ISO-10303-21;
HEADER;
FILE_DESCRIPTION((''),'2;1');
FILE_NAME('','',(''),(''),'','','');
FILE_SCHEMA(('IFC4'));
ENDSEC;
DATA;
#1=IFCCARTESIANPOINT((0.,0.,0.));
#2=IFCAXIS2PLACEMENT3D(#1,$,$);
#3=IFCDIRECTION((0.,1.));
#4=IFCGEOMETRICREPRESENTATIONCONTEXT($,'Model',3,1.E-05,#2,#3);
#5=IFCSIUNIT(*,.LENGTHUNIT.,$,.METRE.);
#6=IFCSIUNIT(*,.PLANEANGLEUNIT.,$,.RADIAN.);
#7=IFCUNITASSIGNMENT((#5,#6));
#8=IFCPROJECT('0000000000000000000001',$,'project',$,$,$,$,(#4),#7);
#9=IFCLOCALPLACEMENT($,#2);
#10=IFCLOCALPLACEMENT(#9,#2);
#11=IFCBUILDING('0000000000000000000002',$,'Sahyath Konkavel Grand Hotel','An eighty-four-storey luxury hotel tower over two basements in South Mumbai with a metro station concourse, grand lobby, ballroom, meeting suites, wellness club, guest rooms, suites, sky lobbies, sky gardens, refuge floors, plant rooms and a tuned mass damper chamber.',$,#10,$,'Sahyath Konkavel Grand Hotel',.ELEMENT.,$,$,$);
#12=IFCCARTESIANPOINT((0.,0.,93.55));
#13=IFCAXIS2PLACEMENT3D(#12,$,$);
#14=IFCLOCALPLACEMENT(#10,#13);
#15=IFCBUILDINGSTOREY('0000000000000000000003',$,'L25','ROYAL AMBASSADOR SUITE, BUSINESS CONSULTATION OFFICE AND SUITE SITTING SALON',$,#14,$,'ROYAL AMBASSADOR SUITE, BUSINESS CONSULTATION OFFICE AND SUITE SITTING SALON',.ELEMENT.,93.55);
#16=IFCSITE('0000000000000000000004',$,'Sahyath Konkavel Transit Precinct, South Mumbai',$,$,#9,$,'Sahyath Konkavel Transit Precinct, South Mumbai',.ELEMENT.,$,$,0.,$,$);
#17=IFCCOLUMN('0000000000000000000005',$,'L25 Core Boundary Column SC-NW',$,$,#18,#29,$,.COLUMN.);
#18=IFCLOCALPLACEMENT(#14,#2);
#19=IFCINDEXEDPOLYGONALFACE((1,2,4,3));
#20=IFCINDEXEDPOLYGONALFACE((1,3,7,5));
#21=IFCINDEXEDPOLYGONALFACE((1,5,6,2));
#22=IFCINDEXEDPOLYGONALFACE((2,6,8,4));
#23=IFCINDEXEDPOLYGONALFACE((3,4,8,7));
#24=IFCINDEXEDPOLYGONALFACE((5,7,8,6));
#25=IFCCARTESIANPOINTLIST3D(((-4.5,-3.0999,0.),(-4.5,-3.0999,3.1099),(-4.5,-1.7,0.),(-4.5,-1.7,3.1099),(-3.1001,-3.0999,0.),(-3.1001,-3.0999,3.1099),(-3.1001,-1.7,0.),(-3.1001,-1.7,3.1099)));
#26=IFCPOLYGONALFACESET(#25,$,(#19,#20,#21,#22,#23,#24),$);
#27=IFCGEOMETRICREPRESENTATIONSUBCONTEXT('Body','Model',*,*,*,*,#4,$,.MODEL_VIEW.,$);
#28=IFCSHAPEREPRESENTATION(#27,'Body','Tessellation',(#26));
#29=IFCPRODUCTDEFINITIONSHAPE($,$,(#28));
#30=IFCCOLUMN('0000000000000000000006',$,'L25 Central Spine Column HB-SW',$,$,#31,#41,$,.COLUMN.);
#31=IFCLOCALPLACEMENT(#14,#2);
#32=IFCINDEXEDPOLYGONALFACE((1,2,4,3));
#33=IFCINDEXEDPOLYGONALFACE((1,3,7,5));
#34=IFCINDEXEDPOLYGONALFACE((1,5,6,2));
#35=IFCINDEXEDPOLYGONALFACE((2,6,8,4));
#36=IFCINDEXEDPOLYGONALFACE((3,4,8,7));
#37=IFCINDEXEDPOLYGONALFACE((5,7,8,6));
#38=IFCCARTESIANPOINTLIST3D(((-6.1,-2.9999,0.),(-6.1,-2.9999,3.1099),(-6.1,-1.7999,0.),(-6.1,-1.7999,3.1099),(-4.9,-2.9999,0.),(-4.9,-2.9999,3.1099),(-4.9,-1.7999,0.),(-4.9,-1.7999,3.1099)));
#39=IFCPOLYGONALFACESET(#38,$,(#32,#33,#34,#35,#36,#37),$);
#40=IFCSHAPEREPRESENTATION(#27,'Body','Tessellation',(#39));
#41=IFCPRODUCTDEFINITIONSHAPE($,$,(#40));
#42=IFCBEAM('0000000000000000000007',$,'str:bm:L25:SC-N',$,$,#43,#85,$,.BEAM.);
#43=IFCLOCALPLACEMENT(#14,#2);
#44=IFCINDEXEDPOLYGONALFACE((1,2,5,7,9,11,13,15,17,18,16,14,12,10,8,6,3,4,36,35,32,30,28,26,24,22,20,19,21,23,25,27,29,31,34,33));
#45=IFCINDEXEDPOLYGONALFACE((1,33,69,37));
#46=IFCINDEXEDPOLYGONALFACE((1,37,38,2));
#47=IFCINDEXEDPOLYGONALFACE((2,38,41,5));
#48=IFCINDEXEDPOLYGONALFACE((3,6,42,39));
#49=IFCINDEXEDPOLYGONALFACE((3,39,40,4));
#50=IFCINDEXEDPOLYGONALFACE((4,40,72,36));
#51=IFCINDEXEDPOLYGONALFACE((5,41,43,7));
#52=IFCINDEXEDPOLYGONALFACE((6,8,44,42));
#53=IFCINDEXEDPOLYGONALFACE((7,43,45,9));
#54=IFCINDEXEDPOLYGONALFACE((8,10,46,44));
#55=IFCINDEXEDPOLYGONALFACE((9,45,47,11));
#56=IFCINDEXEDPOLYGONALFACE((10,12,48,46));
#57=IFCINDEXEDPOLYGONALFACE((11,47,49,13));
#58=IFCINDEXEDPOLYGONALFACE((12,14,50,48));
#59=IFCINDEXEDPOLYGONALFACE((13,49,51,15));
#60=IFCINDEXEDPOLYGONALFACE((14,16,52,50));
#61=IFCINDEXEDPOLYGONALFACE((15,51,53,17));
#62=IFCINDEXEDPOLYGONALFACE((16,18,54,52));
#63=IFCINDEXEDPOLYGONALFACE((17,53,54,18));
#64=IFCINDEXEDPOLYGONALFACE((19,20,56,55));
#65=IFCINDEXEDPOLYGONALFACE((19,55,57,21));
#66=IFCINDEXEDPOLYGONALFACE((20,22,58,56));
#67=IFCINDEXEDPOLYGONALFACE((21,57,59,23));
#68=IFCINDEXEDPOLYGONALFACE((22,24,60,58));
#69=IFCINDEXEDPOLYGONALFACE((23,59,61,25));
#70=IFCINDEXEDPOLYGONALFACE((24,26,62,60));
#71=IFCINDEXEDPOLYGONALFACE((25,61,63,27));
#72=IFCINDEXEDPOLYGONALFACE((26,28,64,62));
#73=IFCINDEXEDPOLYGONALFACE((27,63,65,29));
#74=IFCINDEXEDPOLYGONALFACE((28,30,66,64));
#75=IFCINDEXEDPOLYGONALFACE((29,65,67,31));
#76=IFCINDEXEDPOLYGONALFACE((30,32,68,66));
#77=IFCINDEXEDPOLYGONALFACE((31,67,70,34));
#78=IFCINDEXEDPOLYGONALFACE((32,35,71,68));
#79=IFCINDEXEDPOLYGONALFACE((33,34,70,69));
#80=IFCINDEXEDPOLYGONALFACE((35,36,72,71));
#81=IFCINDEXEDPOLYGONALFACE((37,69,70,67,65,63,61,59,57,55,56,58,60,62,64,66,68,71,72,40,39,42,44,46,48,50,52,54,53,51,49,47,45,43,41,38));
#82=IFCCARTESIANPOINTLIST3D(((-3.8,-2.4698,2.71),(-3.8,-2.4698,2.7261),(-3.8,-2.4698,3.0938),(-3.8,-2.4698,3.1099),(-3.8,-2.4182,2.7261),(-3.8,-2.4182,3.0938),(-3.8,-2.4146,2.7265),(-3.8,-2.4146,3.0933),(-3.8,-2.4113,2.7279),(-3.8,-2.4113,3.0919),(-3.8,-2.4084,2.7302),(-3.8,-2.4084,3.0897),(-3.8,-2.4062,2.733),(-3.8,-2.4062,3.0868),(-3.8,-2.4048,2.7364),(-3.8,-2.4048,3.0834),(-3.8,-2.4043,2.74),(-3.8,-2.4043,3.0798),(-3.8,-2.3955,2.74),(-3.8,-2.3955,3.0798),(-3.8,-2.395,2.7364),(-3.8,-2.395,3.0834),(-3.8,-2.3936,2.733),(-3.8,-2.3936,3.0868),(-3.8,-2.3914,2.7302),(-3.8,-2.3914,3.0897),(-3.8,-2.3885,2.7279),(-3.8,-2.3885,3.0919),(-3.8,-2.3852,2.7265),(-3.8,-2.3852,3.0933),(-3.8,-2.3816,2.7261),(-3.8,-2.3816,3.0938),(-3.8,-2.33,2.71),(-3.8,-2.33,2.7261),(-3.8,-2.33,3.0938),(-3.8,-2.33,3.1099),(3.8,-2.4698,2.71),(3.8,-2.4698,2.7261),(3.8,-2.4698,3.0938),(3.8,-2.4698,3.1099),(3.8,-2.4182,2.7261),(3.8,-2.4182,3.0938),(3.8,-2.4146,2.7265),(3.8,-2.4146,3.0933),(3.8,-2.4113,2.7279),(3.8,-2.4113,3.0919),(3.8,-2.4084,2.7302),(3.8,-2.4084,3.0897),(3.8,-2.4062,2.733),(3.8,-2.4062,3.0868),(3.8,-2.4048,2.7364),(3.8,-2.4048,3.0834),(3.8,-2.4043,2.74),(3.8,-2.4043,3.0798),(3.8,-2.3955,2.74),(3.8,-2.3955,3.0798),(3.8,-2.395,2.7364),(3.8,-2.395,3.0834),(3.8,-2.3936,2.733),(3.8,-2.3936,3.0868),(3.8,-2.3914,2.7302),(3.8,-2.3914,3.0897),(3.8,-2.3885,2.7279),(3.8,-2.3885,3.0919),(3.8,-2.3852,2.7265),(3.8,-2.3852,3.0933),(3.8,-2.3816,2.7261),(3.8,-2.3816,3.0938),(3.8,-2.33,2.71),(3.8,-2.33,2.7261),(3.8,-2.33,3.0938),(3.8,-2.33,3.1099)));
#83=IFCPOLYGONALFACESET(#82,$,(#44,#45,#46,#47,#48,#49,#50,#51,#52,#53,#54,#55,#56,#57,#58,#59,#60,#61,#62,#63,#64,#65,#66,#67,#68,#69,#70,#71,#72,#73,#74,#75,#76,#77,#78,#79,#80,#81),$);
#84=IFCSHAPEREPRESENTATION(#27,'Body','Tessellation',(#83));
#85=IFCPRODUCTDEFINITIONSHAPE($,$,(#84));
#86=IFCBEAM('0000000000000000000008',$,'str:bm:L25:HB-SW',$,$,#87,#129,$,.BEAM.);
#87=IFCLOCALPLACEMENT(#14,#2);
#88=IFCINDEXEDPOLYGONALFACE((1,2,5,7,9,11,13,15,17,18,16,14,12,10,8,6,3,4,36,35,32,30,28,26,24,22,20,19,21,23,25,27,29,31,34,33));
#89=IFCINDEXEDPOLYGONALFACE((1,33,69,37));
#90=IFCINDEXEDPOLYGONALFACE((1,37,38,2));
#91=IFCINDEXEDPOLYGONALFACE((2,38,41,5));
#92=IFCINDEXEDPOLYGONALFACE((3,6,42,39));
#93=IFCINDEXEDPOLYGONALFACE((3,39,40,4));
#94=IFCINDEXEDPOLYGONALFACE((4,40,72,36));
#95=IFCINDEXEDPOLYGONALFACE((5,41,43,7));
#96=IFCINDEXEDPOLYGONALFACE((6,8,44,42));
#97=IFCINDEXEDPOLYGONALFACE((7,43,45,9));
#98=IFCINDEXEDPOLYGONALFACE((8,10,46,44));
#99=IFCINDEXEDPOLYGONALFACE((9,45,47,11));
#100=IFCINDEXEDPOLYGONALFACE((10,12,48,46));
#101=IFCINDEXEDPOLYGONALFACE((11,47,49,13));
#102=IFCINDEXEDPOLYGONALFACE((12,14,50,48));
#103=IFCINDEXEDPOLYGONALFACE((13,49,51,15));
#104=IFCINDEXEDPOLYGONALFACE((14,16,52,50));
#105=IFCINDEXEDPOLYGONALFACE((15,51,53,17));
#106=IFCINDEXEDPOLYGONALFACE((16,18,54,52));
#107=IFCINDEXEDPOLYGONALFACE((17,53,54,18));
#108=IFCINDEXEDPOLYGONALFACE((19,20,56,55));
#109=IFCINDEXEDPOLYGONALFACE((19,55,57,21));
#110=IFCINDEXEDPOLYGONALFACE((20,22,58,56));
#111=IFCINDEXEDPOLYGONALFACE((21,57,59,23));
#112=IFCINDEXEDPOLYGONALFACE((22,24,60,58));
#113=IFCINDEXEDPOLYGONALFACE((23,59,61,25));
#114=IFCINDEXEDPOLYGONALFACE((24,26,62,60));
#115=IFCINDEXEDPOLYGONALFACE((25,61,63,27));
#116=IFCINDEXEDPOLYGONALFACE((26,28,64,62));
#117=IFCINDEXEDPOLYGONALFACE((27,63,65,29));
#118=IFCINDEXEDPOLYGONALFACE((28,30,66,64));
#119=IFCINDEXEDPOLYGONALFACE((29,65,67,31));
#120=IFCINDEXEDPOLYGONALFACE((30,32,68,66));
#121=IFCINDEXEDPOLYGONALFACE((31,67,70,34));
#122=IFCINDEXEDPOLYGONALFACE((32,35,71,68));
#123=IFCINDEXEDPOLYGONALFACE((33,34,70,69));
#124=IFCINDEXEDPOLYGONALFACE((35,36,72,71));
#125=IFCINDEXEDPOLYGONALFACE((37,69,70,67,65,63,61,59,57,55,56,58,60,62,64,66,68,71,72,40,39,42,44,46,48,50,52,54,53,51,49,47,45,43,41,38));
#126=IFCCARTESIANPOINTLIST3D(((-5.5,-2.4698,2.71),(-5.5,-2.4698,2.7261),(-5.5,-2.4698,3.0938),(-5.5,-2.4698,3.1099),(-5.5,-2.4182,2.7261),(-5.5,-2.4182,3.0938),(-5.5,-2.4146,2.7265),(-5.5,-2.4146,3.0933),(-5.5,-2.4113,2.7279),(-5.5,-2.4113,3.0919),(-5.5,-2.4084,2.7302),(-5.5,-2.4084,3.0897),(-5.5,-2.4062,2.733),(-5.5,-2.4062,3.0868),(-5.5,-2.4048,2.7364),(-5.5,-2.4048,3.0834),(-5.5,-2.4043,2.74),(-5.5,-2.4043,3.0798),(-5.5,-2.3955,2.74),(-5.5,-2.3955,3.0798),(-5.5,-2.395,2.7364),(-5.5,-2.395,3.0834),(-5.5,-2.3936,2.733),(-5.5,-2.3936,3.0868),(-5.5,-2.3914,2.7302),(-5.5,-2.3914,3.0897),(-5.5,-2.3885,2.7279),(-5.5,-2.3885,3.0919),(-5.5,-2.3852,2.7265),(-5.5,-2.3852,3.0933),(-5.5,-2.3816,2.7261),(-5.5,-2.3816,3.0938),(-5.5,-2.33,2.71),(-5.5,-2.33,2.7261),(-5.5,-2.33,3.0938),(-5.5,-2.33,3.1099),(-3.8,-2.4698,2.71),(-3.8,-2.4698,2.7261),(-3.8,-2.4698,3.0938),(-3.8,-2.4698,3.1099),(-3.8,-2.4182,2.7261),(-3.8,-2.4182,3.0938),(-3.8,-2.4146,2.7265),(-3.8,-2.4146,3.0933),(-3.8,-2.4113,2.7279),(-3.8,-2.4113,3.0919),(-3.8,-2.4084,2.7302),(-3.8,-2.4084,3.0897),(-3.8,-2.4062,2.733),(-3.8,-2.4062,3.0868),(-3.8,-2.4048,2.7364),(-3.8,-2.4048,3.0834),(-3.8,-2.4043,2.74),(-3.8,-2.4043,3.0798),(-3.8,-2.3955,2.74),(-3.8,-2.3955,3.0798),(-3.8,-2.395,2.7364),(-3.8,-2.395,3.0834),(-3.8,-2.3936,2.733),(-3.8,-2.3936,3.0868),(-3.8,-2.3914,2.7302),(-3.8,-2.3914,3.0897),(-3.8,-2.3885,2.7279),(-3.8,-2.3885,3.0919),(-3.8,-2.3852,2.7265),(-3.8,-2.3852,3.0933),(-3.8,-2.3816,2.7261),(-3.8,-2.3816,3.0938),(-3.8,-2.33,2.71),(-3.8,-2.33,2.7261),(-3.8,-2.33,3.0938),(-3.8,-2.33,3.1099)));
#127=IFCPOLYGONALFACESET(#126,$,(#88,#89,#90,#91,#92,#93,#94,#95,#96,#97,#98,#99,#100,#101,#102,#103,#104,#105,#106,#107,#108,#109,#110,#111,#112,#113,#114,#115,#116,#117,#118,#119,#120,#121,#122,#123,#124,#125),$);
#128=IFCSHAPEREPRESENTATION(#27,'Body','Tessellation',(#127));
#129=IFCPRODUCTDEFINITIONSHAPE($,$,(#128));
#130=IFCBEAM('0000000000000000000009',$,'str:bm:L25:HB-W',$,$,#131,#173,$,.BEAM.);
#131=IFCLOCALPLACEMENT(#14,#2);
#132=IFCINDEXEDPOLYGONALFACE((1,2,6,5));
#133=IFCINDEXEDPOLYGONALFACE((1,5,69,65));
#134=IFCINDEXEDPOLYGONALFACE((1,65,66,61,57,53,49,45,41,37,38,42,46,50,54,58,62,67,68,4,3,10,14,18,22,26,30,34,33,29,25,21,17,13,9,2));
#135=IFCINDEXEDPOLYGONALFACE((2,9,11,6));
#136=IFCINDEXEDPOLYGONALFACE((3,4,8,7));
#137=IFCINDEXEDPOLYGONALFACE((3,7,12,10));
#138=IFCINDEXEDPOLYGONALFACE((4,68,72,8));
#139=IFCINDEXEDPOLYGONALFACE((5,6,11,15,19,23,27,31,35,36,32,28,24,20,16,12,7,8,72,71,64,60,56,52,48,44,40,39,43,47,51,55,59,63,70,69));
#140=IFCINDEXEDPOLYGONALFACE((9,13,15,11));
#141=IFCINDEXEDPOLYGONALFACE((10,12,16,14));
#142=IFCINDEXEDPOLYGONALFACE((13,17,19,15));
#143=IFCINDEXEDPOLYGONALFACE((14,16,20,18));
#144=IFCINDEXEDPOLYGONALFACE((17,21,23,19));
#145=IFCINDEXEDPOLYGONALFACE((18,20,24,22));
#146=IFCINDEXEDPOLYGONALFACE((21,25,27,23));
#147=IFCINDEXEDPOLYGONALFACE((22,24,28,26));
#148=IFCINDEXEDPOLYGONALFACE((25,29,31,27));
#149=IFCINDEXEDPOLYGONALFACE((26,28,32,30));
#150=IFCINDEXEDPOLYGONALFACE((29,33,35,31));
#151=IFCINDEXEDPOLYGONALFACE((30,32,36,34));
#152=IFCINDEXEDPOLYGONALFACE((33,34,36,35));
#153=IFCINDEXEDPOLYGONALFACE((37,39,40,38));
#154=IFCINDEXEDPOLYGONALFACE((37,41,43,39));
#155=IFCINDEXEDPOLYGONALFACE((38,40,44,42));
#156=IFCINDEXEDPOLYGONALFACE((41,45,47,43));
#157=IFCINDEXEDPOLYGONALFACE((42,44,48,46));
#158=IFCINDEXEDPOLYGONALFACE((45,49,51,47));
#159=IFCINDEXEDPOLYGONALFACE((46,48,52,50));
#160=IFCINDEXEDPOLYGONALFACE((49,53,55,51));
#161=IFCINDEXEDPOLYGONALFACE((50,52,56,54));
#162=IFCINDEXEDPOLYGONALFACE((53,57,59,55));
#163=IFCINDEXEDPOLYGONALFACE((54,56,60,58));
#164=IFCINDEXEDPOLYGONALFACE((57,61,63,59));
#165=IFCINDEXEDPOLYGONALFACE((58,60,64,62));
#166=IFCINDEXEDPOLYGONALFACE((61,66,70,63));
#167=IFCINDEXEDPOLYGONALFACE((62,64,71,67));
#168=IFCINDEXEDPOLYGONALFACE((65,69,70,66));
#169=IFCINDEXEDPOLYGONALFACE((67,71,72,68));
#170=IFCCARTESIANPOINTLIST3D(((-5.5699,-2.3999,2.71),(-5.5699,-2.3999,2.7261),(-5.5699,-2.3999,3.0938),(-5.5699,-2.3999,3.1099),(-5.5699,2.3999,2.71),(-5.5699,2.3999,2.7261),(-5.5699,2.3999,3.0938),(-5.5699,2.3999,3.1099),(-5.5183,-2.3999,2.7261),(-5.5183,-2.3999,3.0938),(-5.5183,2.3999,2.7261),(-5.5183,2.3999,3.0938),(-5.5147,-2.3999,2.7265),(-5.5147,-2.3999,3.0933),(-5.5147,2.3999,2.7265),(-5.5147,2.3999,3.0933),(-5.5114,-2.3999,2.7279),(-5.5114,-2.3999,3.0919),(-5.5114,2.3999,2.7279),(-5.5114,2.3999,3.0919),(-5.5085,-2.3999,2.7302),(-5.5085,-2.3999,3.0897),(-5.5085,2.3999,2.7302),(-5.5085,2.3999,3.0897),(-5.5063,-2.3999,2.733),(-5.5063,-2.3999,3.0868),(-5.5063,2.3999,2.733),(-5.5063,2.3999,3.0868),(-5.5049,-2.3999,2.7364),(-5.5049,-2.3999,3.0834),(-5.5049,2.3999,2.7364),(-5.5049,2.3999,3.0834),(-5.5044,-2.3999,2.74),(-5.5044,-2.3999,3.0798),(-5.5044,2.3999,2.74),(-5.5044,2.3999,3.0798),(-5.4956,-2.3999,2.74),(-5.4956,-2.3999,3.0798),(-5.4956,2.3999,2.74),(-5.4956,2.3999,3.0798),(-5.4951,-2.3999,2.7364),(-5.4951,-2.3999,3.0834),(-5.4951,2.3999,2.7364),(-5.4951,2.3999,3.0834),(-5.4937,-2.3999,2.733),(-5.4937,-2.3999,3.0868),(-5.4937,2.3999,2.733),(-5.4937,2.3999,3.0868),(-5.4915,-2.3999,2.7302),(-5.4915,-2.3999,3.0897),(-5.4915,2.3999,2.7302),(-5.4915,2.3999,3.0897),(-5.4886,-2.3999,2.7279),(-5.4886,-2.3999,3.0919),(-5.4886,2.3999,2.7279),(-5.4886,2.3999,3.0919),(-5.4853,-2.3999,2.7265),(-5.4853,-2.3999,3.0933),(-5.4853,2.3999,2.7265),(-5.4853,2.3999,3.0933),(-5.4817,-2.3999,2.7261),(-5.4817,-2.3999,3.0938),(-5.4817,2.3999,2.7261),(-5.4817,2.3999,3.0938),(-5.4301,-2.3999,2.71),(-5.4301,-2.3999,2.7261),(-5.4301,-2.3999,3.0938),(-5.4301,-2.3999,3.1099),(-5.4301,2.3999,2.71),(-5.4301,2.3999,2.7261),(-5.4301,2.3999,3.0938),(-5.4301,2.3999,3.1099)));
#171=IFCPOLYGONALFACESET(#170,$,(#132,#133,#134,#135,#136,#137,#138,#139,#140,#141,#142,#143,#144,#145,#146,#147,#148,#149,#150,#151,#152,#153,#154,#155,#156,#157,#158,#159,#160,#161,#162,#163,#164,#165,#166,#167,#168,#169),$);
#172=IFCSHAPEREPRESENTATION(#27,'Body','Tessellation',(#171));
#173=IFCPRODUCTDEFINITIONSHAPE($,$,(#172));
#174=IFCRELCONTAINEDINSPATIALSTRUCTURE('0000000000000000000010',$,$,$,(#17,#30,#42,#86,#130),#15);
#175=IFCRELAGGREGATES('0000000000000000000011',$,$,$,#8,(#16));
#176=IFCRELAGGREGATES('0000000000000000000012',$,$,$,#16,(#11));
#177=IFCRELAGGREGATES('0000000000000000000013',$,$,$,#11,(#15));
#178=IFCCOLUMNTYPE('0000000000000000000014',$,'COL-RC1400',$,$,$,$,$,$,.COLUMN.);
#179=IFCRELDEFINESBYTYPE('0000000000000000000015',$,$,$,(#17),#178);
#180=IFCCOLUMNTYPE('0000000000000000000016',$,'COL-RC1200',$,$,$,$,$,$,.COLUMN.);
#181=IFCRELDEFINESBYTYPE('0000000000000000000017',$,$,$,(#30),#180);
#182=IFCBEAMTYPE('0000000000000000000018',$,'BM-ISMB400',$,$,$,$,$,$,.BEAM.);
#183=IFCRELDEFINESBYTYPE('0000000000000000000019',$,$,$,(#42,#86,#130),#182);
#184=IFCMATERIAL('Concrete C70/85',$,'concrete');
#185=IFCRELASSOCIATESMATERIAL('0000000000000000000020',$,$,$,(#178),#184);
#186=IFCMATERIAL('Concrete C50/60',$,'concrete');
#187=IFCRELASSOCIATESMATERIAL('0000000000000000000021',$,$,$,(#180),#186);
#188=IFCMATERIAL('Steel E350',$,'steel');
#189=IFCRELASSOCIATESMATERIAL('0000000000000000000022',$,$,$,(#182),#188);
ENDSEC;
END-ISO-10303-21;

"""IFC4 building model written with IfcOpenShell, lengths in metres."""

from ifc_helpers import new_model, si_unit, direction, frame, origin, origin_2d, place, context, subcontext, project, spatial, rectangle, i_section, extrude, source, transform, mapped, material, material_profile, profile_set, type_object, element, save


model = new_model("IFC4")

# Units and contexts
model_context = context("Model", 3, precision=1e-05, world=origin(), true_north=direction((0.0, 1.0)))
body_context = subcontext(model_context, "Body", "Model", "MODEL_VIEW")
ifc_project = project(units=[si_unit("LENGTHUNIT", "METRE"), si_unit("PLANEANGLEUNIT", "RADIAN")], contexts=[model_context])

# Site, building, storey
site_placement = place(None, origin())
site = spatial("IfcSite", under=ifc_project, at=site_placement, Name="Sahyath Konkavel Transit Precinct, South Mumbai", LongName="Sahyath Konkavel Transit Precinct, South Mumbai", CompositionType="ELEMENT", RefElevation=0.0)
building_placement = place(site_placement, origin())
building = spatial("IfcBuilding", under=site, at=building_placement, Name="Sahyath Konkavel Grand Hotel", Description="An eighty-four-storey luxury hotel tower over two basements in South Mumbai with a metro station concourse, grand lobby, ballroom, meeting suites, wellness club, guest rooms, suites, sky lobbies, sky gardens, refuge floors, plant rooms and a tuned mass damper chamber.", LongName="Sahyath Konkavel Grand Hotel", CompositionType="ELEMENT")
storey_placement = place(building_placement, frame((0.0, 0.0, 93.55)))
storey = spatial("IfcBuildingStorey", under=building, at=storey_placement, Name="L25", Description="ROYAL AMBASSADOR SUITE, BUSINESS CONSULTATION OFFICE AND SUITE SITTING SALON", LongName="ROYAL AMBASSADOR SUITE, BUSINESS CONSULTATION OFFICE AND SUITE SITTING SALON", CompositionType="ELEMENT", Elevation=93.55)

# Columns
ifc_material_1 = material(Name="Concrete C70/85", Category="concrete")
ifc_material_profile_1 = material_profile(ifc_material_1, rectangle(XDim=1.3999, YDim=1.3999, at=origin_2d()), Name="RC 1400x1400")
ifc_profile_set_1 = profile_set([ifc_material_profile_1], Name="Concrete C70/85")
column_type_1 = type_object("IfcColumnType", Name="COL-RC1400", PredefinedType="COLUMN", material=ifc_profile_set_1)
shared_shape_1 = source(origin(), body_context, "Body", "SweptSolid", [
    extrude(rectangle(XDim=1.3999, YDim=1.3999, at=origin_2d()), origin(), (0.0, 0.0, 1.0), 3.1099),
])
column_1_placement = place(storey_placement, frame((-3.8, -2.3999, 0.0), z_axis=(0.0, 0.0, 1.0), x_axis=(1.0, 0.0, 0.0)))
element("IfcColumn", 1, at=column_1_placement, inside=storey, type_object=column_type_1, Name="L25 Core Boundary Column SC-NW", PredefinedType="COLUMN", context=body_context, shape_type="MappedRepresentation", body=[
    mapped(shared_shape_1, transform((0.0, 0.0, 0.0), scale=1.0)),
])
ifc_material_2 = material(Name="Concrete C50/60", Category="concrete")
ifc_material_profile_2 = material_profile(ifc_material_2, rectangle(XDim=1.2, YDim=1.2, at=origin_2d()), Name="RC 1200x1200")
ifc_profile_set_2 = profile_set([ifc_material_profile_2], Name="Concrete C50/60")
column_type_2 = type_object("IfcColumnType", Name="COL-RC1200", PredefinedType="COLUMN", material=ifc_profile_set_2)
shared_shape_2 = source(origin(), body_context, "Body", "SweptSolid", [
    extrude(rectangle(XDim=1.2, YDim=1.2, at=origin_2d()), origin(), (0.0, 0.0, 1.0), 3.1099),
])
column_2_placement = place(storey_placement, frame((-5.5, -2.3999, 0.0), z_axis=(0.0, 0.0, 1.0), x_axis=(1.0, 0.0, 0.0)))
element("IfcColumn", 2, at=column_2_placement, inside=storey, type_object=column_type_2, Name="L25 Central Spine Column HB-SW", PredefinedType="COLUMN", context=body_context, shape_type="MappedRepresentation", body=[
    mapped(shared_shape_2, transform((0.0, 0.0, 0.0), scale=1.0)),
])

# Beams
ifc_material_3 = material(Name="Steel E350", Category="steel")
ifc_material_profile_3 = material_profile(ifc_material_3, i_section(OverallWidth=0.1399, OverallDepth=0.3999, WebThickness=0.0088, FlangeThickness=0.0161, FilletRadius=0.0139, at=origin_2d()), Name="ISMB 400")
ifc_profile_set_3 = profile_set([ifc_material_profile_3], Name="Steel E350")
beam_type_1 = type_object("IfcBeamType", Name="BM-ISMB400", PredefinedType="BEAM", material=ifc_profile_set_3)
shared_shape_3 = source(origin(), body_context, "Body", "SweptSolid", [
    extrude(i_section(OverallWidth=0.1399, OverallDepth=0.3999, WebThickness=0.0088, FlangeThickness=0.0161, FilletRadius=0.0139, at=origin_2d()), origin(), (0.0, 0.0, 1.0), 7.6001),
])
beam_1_placement = place(storey_placement, frame((-3.8, -2.3999, 2.9099), z_axis=(1.0, 0.0, 0.0), x_axis=(0.0, 1.0, 0.0)))
element("IfcBeam", 3, at=beam_1_placement, inside=storey, type_object=beam_type_1, Name="str:bm:L25:SC-N", PredefinedType="BEAM", context=body_context, shape_type="MappedRepresentation", body=[
    mapped(shared_shape_3, transform((0.0, 0.0, 0.0), scale=1.0)),
])
shared_shape_4 = source(origin(), body_context, "Body", "SweptSolid", [
    extrude(i_section(OverallWidth=0.1399, OverallDepth=0.3999, WebThickness=0.0088, FlangeThickness=0.0161, FilletRadius=0.0139, at=origin_2d()), origin(), (0.0, 0.0, 1.0), 1.7),
])
beam_2_placement = place(storey_placement, frame((-5.5, -2.3999, 2.9099), z_axis=(1.0, 0.0, 0.0), x_axis=(0.0, 1.0, 0.0)))
element("IfcBeam", 4, at=beam_2_placement, inside=storey, type_object=beam_type_1, Name="str:bm:L25:HB-SW", PredefinedType="BEAM", context=body_context, shape_type="MappedRepresentation", body=[
    mapped(shared_shape_4, transform((0.0, 0.0, 0.0), scale=1.0)),
])
shared_shape_5 = source(origin(), body_context, "Body", "SweptSolid", [
    extrude(i_section(OverallWidth=0.1399, OverallDepth=0.3999, WebThickness=0.0088, FlangeThickness=0.0161, FilletRadius=0.0139, at=origin_2d()), origin(), (0.0, 0.0, 1.0), 4.7998),
])
beam_3_placement = place(storey_placement, frame((-5.5, -2.3999, 2.9099), z_axis=(0.0, 1.0, 0.0), x_axis=(-1.0, 0.0, 0.0)))
element("IfcBeam", 5, at=beam_3_placement, inside=storey, type_object=beam_type_1, Name="str:bm:L25:HB-W", PredefinedType="BEAM", context=body_context, shape_type="MappedRepresentation", body=[
    mapped(shared_shape_5, transform((0.0, 0.0, 0.0), scale=1.0)),
])

save(model, "model.ifc")
